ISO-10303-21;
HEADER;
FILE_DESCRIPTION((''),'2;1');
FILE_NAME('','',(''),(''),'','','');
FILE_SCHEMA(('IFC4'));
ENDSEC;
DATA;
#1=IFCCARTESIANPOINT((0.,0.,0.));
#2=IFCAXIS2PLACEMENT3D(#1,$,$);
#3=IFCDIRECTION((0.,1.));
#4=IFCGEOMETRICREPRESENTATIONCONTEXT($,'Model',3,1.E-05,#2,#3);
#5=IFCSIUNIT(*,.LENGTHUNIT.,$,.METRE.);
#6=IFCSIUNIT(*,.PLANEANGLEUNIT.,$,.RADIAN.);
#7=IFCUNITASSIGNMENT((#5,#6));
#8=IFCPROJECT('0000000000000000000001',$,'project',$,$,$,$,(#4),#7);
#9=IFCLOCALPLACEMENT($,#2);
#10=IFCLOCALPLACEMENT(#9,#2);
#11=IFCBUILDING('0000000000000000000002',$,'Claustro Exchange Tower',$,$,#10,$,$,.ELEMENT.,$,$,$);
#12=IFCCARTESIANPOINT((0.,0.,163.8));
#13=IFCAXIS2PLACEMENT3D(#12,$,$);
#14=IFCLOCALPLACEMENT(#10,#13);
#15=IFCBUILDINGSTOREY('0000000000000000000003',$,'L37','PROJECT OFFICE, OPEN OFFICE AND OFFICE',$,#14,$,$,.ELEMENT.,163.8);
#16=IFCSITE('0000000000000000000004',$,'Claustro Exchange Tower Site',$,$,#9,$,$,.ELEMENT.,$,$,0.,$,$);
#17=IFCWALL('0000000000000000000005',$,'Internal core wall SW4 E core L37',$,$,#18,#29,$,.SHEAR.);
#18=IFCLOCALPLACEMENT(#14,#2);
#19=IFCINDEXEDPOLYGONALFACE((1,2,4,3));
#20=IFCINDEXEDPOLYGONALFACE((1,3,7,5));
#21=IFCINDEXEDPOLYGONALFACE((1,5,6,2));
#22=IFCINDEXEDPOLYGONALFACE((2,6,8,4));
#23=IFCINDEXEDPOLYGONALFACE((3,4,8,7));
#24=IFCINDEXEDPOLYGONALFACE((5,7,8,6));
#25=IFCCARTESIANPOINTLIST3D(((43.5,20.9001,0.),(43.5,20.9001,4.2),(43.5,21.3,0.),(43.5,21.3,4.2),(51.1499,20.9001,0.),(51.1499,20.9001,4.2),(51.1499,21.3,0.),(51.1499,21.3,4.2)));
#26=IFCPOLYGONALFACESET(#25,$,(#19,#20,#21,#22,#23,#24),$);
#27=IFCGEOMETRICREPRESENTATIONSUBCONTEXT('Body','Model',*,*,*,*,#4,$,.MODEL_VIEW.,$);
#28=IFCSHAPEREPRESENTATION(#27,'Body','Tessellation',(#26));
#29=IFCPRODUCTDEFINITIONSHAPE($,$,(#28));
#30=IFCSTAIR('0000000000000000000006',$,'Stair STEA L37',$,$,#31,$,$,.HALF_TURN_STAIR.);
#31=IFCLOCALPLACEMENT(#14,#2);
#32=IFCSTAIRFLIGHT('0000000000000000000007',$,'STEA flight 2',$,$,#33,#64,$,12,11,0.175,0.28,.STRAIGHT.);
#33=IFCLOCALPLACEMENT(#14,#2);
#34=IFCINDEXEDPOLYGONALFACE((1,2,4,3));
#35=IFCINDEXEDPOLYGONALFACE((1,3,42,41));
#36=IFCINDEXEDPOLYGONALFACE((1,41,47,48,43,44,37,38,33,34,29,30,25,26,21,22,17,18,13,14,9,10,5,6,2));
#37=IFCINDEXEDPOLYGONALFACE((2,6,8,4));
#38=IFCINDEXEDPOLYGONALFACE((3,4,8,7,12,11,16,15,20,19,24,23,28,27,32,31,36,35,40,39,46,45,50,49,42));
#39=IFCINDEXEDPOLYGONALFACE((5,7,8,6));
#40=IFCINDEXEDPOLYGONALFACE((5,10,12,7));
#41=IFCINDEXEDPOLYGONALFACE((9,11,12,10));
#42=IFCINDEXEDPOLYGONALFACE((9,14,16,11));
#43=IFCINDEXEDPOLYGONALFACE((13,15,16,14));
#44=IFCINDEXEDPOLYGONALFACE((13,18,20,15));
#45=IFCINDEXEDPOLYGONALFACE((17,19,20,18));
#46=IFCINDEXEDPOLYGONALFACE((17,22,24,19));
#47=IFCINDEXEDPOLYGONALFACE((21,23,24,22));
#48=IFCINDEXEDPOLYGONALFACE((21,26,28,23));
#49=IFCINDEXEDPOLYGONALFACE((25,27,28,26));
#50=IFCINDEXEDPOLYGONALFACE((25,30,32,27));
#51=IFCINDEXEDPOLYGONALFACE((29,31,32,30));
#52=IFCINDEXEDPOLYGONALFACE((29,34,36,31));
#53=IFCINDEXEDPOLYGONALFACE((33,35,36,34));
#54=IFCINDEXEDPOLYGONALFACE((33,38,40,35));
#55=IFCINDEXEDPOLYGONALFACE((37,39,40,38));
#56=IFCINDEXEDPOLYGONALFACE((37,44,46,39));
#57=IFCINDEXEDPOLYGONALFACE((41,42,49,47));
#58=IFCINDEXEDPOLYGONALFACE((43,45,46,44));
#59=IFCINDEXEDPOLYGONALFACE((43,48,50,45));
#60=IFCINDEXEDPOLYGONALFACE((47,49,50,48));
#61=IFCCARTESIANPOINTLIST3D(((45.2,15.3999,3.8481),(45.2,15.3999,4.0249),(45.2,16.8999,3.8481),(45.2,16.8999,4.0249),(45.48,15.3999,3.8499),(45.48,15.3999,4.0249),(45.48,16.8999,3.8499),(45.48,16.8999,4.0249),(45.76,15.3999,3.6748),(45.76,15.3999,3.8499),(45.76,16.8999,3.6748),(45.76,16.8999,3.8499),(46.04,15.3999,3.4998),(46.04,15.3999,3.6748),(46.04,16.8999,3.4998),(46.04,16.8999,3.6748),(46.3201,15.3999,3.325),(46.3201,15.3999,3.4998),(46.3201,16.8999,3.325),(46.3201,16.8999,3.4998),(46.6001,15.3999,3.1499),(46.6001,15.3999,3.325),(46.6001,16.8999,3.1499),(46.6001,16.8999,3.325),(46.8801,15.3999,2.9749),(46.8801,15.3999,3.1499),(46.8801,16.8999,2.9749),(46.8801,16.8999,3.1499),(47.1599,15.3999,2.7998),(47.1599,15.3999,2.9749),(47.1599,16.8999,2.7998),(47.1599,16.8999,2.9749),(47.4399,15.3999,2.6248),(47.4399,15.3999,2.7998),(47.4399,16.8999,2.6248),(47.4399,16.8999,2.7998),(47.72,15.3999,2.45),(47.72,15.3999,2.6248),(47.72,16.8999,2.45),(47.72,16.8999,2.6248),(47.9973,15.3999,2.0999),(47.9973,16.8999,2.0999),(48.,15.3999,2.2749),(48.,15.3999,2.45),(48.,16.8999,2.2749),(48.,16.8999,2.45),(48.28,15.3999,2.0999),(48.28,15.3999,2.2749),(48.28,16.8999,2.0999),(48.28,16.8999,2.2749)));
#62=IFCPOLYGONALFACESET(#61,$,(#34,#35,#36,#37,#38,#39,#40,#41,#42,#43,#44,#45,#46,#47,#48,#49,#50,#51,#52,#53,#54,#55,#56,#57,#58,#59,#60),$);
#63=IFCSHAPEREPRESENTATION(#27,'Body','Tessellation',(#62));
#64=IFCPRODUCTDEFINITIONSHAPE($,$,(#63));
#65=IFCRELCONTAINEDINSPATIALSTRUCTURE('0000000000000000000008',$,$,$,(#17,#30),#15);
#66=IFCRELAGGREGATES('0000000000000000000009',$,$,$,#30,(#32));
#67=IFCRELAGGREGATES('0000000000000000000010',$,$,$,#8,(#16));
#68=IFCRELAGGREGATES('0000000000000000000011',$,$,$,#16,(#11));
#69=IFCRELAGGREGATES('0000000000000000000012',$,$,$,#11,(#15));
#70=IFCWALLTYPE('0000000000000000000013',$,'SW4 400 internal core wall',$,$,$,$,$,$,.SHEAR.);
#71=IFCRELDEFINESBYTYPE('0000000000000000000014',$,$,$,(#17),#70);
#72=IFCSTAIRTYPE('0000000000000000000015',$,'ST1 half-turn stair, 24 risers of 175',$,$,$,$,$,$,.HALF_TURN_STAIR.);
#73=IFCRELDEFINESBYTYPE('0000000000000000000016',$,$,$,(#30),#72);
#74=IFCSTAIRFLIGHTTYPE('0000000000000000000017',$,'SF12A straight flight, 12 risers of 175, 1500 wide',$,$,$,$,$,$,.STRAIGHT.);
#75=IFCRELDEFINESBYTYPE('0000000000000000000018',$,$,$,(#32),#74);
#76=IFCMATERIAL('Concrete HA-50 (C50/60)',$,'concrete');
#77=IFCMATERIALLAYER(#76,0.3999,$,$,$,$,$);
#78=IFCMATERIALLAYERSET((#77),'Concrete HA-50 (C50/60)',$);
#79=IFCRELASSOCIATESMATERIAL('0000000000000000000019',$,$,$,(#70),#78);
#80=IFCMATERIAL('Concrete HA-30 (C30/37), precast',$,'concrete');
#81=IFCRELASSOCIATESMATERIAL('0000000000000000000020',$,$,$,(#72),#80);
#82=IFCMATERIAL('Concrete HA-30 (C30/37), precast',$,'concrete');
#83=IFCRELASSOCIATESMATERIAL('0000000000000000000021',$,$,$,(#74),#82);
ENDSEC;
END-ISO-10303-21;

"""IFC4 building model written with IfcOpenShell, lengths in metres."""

from ifc_helpers import new_model, si_unit, direction, frame, frame_2d, origin, place, context, subcontext, project, spatial, polyline, rectangle, outline, extrude, material, layer, layer_set, type_object, element, aggregate, save


model = new_model("IFC4")

# Units and contexts
model_context = context("Model", 3, precision=1e-05, world=origin(), true_north=direction((0.0, 1.0)))
body_context = subcontext(model_context, "Body", "Model", "MODEL_VIEW")
ifc_project = project(units=[si_unit("LENGTHUNIT", "METRE"), si_unit("PLANEANGLEUNIT", "RADIAN")], contexts=[model_context])

# Site, building, storey
site_placement = place(None, origin())
site = spatial("IfcSite", under=ifc_project, at=site_placement, Name="Claustro Exchange Tower Site", CompositionType="ELEMENT", RefElevation=0.0)
building_placement = place(site_placement, origin())
building = spatial("IfcBuilding", under=site, at=building_placement, Name="Claustro Exchange Tower", CompositionType="ELEMENT")
storey_placement = place(building_placement, frame((0.0, 0.0, 163.8)))
storey = spatial("IfcBuildingStorey", under=building, at=storey_placement, Name="L37", Description="PROJECT OFFICE, OPEN OFFICE AND OFFICE", CompositionType="ELEMENT", Elevation=163.8)

# Wall
ifc_material_1 = material(Name="Concrete HA-50 (C50/60)", Category="concrete")
ifc_layer_1 = layer(ifc_material_1, 0.3999)
ifc_layer_set_1 = layer_set([ifc_layer_1], Name="Concrete HA-50 (C50/60)")
wall_type_1 = type_object("IfcWallType", Name="SW4 400 internal core wall", PredefinedType="SHEAR", material=ifc_layer_set_1)
for number, where, z_axis, x_axis, name in (
    (1, (51.1499, 21.1001, 0.0), (0.0, 0.0, 1.0), (-1.0, 0.0, 0.0), "Internal core wall SW4 E core L37"),
):
    element("IfcWall", number, at=place(storey_placement, frame(where, z_axis=z_axis, x_axis=x_axis)), inside=storey, type_object=wall_type_1, Name=name, PredefinedType="SHEAR", context=body_context, shape_type="SweptSolid", body=[
        extrude(rectangle(XDim=7.6499, YDim=0.3999, at=frame_2d((3.825, 0.0))), origin(), (0.0, 0.0, 1.0), 4.2),
    ])

# Stair, stair flight
ifc_material_2 = material(Name="Concrete HA-30 (C30/37), precast", Category="concrete")
stair_type = type_object("IfcStairType", Name="ST1 half-turn stair, 24 risers of 175", PredefinedType="HALF_TURN_STAIR", material=ifc_material_2)
stair_placement = place(storey_placement, origin())
stair = element("IfcStair", 2, at=stair_placement, inside=storey, type_object=stair_type, Name="Stair STEA L37", PredefinedType="HALF_TURN_STAIR")
ifc_material_3 = material(Name="Concrete HA-30 (C30/37), precast", Category="concrete")
stair_flight_type = type_object("IfcStairFlightType", Name="SF12A straight flight, 12 risers of 175, 1500 wide", PredefinedType="STRAIGHT", material=ifc_material_3)
stair_flight_placement = place(storey_placement, frame((48.28, 16.1499, 2.0999), z_axis=(0.0, 0.0, 1.0), x_axis=(-1.0, 0.0, 0.0)))
stair_flight = element("IfcStairFlight", 3, at=stair_flight_placement, type_object=stair_flight_type, Name="STEA flight 2", NumberOfRisers=12, NumberOfTreads=11, PredefinedType="STRAIGHT", RiserHeight=0.175, TreadLength=0.28, context=body_context, shape_type="SweptSolid", body=[
    extrude(outline(polyline([(0.0, 0.0), (0.0, 0.175), (0.28, 0.175), (0.28, 0.3501), (0.5601, 0.3501), (0.5601, 0.5249), (0.8401, 0.5249), (0.8401, 0.7), (1.1201, 0.7), (1.1201, 0.875), (1.3999, 0.875), (1.3999, 1.05), (1.6799, 1.05), (1.6799, 1.2251), (1.96, 1.2251), (1.96, 1.3999), (2.24, 1.3999), (2.24, 1.575), (2.52, 1.575), (2.52, 1.75), (2.8, 1.75), (2.8, 1.925), (3.0801, 1.925), (3.0801, 2.1001), (3.0801, 1.7483), (0.2827, 0.0), (0.0, 0.0)])), frame((0.0, 0.75, 0.0), z_axis=(0.0, -1.0, 0.0), x_axis=(1.0, 0.0, 0.0)), (0.0, 0.0, 1.0), 1.5),
])
aggregate(stair, [stair_flight])

save(model, "model.ifc")
